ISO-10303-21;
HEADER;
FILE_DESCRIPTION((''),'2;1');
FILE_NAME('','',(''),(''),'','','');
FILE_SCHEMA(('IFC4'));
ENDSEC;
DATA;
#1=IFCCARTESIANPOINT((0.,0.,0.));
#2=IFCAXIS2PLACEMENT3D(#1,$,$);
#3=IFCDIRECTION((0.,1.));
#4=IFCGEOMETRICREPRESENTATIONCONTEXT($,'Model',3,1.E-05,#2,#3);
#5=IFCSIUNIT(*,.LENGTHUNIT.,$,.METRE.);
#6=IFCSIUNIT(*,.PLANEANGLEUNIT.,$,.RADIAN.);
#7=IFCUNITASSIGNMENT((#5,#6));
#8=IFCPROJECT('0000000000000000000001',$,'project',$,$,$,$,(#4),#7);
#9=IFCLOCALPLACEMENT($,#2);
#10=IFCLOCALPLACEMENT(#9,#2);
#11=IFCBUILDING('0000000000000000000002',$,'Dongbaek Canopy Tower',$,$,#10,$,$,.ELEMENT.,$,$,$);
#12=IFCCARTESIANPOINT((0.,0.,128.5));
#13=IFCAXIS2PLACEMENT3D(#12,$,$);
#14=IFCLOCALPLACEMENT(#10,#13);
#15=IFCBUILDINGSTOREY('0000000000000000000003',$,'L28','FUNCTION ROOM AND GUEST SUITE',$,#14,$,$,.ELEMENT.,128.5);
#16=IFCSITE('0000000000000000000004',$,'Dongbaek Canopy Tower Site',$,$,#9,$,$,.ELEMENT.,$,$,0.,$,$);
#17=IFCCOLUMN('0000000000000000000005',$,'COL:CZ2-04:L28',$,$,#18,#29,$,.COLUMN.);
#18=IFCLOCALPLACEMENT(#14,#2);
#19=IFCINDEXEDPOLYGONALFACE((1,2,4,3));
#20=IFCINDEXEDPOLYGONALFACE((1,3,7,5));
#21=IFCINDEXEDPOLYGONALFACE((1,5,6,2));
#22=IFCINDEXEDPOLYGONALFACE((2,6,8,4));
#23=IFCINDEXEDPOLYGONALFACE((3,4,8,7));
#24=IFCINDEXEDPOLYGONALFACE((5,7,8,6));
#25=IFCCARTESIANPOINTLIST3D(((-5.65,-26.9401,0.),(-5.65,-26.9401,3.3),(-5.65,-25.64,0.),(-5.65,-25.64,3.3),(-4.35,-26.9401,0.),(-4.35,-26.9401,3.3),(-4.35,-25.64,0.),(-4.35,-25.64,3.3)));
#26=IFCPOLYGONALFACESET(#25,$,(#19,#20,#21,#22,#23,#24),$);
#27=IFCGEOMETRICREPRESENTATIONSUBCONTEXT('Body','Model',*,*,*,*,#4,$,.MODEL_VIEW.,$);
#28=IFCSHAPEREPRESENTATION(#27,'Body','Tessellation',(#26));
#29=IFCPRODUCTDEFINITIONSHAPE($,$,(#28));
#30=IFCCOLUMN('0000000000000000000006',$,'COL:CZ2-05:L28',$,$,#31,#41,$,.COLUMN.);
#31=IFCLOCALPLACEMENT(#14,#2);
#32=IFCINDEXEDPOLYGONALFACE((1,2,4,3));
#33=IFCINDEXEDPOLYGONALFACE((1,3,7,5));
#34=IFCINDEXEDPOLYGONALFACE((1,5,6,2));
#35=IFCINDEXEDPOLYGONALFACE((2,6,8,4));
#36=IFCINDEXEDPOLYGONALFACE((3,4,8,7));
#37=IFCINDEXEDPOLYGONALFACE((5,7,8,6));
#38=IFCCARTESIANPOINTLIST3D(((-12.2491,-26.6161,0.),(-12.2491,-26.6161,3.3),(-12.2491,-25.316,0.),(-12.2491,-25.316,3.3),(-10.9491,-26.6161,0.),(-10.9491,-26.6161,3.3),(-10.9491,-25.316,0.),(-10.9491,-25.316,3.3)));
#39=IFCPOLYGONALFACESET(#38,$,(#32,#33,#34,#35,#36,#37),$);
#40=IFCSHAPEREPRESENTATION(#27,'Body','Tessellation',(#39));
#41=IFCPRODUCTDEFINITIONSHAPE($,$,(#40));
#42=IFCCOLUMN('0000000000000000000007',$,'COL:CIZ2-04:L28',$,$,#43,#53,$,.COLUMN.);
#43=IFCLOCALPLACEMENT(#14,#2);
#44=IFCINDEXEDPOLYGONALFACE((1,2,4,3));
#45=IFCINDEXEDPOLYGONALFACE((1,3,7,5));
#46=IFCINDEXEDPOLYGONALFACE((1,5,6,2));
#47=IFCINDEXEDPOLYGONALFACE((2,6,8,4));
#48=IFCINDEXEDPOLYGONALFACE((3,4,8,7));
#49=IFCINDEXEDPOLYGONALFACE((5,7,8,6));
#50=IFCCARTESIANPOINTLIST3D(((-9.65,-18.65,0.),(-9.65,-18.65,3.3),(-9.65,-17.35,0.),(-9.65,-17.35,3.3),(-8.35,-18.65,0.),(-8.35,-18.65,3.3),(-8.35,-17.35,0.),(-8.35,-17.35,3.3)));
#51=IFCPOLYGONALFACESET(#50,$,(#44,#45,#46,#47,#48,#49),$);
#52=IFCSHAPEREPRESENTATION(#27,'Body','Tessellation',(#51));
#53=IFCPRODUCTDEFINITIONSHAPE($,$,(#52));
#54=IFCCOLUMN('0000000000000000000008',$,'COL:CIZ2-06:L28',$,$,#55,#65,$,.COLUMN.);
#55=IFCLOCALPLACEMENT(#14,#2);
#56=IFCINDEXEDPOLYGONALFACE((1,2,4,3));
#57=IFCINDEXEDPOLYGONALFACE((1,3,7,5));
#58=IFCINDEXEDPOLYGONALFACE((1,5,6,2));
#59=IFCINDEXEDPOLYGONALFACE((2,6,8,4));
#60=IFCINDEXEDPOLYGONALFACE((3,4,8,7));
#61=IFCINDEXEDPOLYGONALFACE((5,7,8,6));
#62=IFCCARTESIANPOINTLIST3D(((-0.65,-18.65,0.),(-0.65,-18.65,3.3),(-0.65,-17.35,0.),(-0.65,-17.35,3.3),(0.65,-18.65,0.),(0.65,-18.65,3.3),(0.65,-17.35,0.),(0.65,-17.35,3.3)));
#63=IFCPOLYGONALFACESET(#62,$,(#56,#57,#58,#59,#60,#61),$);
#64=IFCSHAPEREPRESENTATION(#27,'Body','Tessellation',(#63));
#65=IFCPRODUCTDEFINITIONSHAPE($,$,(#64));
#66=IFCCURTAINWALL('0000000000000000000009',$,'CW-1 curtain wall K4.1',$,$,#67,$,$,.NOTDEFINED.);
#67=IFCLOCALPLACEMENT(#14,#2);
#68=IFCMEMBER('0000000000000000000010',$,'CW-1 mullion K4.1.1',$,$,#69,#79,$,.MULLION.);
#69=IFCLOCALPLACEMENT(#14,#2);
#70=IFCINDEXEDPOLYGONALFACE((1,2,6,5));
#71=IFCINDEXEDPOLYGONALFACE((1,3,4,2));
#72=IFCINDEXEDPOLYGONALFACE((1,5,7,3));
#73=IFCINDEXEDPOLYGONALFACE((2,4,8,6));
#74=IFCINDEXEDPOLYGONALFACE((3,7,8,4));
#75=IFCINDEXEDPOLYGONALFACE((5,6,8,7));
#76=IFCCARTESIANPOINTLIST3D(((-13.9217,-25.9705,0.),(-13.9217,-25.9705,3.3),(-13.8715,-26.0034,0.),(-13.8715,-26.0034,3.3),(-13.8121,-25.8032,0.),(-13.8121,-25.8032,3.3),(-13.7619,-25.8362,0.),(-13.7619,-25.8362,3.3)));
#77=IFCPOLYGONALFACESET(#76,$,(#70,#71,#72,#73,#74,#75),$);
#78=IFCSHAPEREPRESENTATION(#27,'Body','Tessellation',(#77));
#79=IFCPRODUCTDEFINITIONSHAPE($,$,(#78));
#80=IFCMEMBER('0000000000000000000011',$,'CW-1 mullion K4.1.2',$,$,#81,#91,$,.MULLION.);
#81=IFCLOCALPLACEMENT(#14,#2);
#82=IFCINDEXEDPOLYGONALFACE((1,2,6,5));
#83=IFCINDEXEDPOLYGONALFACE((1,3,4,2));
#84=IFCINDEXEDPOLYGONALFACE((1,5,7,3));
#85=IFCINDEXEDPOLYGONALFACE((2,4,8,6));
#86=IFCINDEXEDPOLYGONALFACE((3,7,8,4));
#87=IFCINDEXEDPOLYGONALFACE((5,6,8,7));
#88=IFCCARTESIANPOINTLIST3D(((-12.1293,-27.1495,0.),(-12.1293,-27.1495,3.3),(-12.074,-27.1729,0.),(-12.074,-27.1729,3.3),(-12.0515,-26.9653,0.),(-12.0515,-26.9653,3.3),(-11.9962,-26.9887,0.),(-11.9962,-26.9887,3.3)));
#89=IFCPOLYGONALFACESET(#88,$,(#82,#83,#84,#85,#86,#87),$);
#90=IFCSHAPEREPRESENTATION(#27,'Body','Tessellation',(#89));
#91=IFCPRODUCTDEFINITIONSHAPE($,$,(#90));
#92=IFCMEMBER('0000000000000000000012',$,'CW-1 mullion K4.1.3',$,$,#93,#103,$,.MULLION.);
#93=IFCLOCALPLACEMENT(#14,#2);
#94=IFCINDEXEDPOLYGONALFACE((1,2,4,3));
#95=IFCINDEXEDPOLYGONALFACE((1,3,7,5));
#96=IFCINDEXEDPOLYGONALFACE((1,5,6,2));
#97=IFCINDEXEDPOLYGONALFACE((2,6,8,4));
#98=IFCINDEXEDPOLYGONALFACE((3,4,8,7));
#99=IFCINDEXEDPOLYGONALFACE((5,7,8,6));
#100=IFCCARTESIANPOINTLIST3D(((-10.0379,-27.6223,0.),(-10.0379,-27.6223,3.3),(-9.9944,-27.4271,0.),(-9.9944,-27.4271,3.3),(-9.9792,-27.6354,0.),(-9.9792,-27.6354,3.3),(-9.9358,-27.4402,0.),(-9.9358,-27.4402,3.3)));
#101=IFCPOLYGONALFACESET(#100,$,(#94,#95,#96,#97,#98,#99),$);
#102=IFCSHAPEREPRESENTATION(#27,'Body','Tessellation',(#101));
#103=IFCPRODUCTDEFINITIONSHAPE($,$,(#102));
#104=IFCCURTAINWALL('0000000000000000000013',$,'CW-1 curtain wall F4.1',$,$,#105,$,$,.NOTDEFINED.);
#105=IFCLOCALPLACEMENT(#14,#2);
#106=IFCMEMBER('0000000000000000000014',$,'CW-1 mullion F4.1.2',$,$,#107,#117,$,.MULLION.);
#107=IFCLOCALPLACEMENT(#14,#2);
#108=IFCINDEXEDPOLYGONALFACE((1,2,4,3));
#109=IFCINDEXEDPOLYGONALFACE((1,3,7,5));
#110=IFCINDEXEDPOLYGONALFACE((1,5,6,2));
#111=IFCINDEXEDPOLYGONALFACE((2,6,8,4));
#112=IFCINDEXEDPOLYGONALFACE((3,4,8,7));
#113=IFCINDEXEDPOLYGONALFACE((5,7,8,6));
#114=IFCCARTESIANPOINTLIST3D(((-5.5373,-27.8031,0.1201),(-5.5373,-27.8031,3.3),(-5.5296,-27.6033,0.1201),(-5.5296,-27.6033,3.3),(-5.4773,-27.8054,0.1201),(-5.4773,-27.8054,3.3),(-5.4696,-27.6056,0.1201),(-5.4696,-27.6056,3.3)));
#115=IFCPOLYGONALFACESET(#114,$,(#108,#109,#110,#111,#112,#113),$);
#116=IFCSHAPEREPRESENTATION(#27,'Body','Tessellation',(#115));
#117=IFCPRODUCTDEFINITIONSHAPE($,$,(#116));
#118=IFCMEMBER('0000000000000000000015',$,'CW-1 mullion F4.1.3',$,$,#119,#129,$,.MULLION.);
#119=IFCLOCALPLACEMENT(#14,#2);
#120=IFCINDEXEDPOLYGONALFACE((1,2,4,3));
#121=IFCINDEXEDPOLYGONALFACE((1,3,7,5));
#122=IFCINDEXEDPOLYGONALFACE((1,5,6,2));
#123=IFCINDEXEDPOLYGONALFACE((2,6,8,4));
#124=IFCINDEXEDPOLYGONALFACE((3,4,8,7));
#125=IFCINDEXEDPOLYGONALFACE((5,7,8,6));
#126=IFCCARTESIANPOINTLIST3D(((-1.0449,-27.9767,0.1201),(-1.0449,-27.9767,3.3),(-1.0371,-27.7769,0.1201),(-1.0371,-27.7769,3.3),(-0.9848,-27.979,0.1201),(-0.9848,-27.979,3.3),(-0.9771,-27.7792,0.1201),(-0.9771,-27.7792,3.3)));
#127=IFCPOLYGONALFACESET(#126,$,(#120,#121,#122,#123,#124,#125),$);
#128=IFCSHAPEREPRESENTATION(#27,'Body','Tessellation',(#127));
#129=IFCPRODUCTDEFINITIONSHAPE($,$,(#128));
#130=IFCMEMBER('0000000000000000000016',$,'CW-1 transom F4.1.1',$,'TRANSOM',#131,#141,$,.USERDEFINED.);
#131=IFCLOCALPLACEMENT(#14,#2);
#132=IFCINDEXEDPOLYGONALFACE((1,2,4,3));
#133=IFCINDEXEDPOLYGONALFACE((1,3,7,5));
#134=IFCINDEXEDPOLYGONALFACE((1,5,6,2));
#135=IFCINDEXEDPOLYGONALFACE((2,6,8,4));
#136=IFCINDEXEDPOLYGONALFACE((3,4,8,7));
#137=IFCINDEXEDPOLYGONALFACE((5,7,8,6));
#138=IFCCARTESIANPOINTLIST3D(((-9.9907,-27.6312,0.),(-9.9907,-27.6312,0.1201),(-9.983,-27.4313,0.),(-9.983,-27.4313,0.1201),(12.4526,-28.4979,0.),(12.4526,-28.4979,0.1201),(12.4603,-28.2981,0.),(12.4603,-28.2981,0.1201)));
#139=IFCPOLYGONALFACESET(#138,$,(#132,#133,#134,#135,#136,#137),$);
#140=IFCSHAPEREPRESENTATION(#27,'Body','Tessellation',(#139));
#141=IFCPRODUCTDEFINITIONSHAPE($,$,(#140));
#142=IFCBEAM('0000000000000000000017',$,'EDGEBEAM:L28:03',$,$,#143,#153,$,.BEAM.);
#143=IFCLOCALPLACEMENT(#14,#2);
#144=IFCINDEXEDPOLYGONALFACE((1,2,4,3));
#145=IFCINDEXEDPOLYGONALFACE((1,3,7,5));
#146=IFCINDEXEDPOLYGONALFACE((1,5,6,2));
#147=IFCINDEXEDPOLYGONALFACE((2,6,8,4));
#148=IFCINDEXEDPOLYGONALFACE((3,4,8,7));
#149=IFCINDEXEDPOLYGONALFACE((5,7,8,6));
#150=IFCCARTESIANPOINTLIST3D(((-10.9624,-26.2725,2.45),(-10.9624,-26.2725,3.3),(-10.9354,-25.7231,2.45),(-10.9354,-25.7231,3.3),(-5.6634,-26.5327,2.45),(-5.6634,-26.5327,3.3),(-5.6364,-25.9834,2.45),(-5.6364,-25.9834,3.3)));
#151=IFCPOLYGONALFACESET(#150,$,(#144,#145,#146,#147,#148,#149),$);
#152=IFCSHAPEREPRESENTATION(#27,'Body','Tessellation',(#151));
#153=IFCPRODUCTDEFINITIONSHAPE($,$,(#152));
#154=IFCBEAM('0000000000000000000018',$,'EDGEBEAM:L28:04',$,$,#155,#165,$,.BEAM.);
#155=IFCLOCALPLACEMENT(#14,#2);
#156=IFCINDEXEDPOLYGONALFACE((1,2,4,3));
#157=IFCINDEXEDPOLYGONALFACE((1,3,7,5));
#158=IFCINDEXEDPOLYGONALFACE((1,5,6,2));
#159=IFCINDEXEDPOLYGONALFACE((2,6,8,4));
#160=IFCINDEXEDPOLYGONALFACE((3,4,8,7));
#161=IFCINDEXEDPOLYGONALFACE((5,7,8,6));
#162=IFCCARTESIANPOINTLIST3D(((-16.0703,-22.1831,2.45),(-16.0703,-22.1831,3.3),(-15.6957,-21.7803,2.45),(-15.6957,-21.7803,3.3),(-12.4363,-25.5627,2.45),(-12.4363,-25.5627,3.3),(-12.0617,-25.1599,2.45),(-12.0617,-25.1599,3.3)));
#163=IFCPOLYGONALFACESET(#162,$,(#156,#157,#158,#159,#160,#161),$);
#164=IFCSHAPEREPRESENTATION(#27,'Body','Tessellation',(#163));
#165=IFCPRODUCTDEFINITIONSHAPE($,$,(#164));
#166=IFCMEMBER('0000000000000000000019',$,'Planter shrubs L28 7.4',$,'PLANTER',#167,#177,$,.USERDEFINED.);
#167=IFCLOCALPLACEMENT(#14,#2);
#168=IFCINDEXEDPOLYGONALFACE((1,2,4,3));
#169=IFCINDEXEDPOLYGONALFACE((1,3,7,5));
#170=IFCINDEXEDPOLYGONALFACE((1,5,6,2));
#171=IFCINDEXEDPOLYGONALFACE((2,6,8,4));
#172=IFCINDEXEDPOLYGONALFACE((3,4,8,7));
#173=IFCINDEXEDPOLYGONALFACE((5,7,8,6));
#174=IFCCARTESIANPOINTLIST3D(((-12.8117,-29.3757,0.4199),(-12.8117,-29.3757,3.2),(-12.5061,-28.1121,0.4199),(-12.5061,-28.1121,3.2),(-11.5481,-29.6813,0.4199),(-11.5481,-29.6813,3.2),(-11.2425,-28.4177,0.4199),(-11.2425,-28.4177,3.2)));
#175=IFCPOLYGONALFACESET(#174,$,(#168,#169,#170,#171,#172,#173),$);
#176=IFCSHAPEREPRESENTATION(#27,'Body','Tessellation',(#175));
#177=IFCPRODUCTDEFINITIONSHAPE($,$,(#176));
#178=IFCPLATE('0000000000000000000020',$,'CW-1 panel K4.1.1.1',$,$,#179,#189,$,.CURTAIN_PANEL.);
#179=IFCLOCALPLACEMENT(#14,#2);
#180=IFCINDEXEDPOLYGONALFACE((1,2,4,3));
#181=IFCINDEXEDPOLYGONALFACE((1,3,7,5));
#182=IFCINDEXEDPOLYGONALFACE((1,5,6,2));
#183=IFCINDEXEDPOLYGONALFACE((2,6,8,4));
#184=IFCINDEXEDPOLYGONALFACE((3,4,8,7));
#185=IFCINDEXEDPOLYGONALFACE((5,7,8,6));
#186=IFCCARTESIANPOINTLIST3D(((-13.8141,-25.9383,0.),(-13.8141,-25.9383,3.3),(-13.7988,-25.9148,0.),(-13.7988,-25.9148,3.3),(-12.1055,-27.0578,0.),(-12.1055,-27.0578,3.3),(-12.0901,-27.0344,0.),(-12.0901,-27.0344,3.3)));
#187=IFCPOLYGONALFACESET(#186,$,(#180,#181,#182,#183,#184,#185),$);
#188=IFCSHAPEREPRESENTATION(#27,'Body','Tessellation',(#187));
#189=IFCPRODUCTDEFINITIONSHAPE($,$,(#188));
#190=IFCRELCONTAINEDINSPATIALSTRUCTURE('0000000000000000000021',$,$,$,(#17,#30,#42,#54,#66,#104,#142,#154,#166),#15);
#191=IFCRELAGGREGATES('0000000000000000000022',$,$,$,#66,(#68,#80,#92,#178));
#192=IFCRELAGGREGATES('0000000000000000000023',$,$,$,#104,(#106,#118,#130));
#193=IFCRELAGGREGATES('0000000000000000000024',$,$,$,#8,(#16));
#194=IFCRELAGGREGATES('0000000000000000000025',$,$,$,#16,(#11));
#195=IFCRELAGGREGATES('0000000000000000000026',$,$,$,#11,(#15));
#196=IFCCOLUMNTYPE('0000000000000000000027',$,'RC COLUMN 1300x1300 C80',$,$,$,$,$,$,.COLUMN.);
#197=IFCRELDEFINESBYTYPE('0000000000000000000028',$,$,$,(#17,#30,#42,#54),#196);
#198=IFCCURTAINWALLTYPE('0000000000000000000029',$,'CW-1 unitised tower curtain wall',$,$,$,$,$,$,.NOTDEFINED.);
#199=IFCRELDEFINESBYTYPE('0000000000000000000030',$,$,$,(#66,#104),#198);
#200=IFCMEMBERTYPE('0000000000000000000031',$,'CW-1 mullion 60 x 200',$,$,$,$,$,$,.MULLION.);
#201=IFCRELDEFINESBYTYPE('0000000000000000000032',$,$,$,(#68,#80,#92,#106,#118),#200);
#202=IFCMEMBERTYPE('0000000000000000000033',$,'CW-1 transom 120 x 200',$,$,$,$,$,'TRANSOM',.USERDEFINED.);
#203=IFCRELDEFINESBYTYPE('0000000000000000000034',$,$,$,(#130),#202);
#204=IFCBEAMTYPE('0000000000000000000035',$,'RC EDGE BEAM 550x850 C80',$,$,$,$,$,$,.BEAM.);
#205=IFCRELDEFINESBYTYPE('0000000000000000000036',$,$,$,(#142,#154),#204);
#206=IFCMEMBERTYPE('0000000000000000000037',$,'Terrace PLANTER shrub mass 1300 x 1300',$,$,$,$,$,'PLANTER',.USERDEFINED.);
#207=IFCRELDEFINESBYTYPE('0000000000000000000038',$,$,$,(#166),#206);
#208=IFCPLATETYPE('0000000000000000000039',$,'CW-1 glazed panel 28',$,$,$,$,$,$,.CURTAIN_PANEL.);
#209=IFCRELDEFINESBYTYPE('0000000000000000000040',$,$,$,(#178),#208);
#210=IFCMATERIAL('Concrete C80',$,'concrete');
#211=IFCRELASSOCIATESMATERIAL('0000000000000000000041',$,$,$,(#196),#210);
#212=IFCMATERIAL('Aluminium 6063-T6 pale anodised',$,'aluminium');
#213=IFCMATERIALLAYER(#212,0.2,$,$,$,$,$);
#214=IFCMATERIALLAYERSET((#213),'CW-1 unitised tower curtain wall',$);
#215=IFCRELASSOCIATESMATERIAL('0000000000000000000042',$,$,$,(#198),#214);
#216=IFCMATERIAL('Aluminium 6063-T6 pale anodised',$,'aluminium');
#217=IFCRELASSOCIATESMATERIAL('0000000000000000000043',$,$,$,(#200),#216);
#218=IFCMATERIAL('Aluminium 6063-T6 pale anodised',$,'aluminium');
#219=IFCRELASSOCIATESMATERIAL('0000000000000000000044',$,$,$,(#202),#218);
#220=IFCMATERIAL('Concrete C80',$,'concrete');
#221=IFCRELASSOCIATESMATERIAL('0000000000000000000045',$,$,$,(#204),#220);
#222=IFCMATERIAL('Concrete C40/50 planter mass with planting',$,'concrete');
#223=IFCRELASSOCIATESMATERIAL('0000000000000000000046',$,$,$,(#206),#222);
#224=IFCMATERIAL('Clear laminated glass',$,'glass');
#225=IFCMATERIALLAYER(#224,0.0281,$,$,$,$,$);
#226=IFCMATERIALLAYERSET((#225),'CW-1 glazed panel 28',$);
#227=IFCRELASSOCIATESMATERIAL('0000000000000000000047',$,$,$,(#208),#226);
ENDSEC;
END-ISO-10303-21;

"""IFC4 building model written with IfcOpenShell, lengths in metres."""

from ifc_helpers import new_model, si_unit, direction, frame, origin, origin_2d, place, context, subcontext, project, spatial, rectangle, extrude, material, layer, layer_set, material_profile, profile_set, type_object, element, aggregate, save


model = new_model("IFC4")

# Units and contexts
model_context = context("Model", 3, precision=1e-05, world=origin(), true_north=direction((0.0, 1.0)))
body_context = subcontext(model_context, "Body", "Model", "MODEL_VIEW")
ifc_project = project(units=[si_unit("LENGTHUNIT", "METRE"), si_unit("PLANEANGLEUNIT", "RADIAN")], contexts=[model_context])

# Site, building, storey
site_placement = place(None, origin())
site = spatial("IfcSite", under=ifc_project, at=site_placement, Name="Dongbaek Canopy Tower Site", CompositionType="ELEMENT", RefElevation=0.0)
building_placement = place(site_placement, origin())
building = spatial("IfcBuilding", under=site, at=building_placement, Name="Dongbaek Canopy Tower", CompositionType="ELEMENT")
storey_placement = place(building_placement, frame((0.0, 0.0, 128.5)))
storey = spatial("IfcBuildingStorey", under=building, at=storey_placement, Name="L28", Description="FUNCTION ROOM AND GUEST SUITE", CompositionType="ELEMENT", Elevation=128.5)

# Columns
ifc_material_1 = material(Name="Concrete C80", Category="concrete")
ifc_material_profile_1 = material_profile(ifc_material_1, rectangle(XDim=1.3, YDim=1.3, at=origin_2d()), Name="RC COLUMN 1300x1300 C80")
ifc_profile_set_1 = profile_set([ifc_material_profile_1], Name="Concrete C80")
column_type = type_object("IfcColumnType", Name="RC COLUMN 1300x1300 C80", PredefinedType="COLUMN", material=ifc_profile_set_1)
for number, where, z_axis, x_axis, name in (
    (1, (-5.0, -26.29, 0.0), (0.0, 0.0, 1.0), (1.0, 0.0, 0.0), "COL:CZ2-04:L28"),
    (2, (-11.5991, -25.9661, 0.0), (0.0, 0.0, 1.0), (1.0, 0.0, 0.0), "COL:CZ2-05:L28"),
    (3, (-9.0, -18.0, 0.0), (0.0, 0.0, 1.0), (1.0, 0.0, 0.0), "COL:CIZ2-04:L28"),
    (4, (0.0, -18.0, 0.0), (0.0, 0.0, 1.0), (1.0, 0.0, 0.0), "COL:CIZ2-06:L28"),
):
    element("IfcColumn", number, at=place(storey_placement, frame(where, z_axis=z_axis, x_axis=x_axis)), inside=storey, type_object=column_type, Name=name, PredefinedType="COLUMN", context=body_context, shape_type="SweptSolid", body=[
        extrude(rectangle(XDim=1.3, YDim=1.3, at=origin_2d()), origin(), (0.0, 0.0, 1.0), 3.3),
    ])

# Curtain walls, members
ifc_material_2 = material(Name="Aluminium 6063-T6 pale anodised", Category="aluminium")
ifc_layer_1 = layer(ifc_material_2, 0.2)
ifc_layer_set_1 = layer_set([ifc_layer_1], Name="CW-1 unitised tower curtain wall")
curtain_wall_type = type_object("IfcCurtainWallType", Name="CW-1 unitised tower curtain wall", PredefinedType="NOTDEFINED", material=ifc_layer_set_1)
curtain_wall_1_placement = place(storey_placement, origin())
curtain_wall_1 = element("IfcCurtainWall", 5, at=curtain_wall_1_placement, inside=storey, type_object=curtain_wall_type, Name="CW-1 curtain wall K4.1", PredefinedType="NOTDEFINED")
ifc_material_3 = material(Name="Aluminium 6063-T6 pale anodised", Category="aluminium")
ifc_material_profile_2 = material_profile(ifc_material_3, rectangle(XDim=0.2, YDim=0.0601, at=origin_2d()), Name="CW-1 mullion 60 x 200")
ifc_profile_set_2 = profile_set([ifc_material_profile_2], Name="Aluminium 6063-T6 pale anodised")
member_type_1 = type_object("IfcMemberType", Name="CW-1 mullion 60 x 200", PredefinedType="MULLION", material=ifc_profile_set_2)
member_1_placement = place(storey_placement, frame((-13.8418, -25.9033, 0.0), z_axis=(0.0, 0.0, 1.0), x_axis=(-0.54806, -0.836439, 0.0)))
member_1 = element("IfcMember", 6, at=member_1_placement, type_object=member_type_1, Name="CW-1 mullion K4.1.1", PredefinedType="MULLION", context=body_context, shape_type="SweptSolid", body=[
    extrude(rectangle(XDim=0.2, YDim=0.0601, at=origin_2d()), origin(), (0.0, 0.0, 1.0), 3.3),
])
member_2_placement = place(storey_placement, frame((-12.0627, -27.0691, 0.0), z_axis=(0.0, 0.0, 1.0), x_axis=(-0.389014, -0.921232, 0.0)))
member_2 = element("IfcMember", 7, at=member_2_placement, type_object=member_type_1, Name="CW-1 mullion K4.1.2", PredefinedType="MULLION", context=body_context, shape_type="SweptSolid", body=[
    extrude(rectangle(XDim=0.2, YDim=0.0601, at=origin_2d()), origin(), (0.0, 0.0, 1.0), 3.3),
])
member_3_placement = place(storey_placement, frame((-9.9868, -27.5312, 0.0), z_axis=(0.0, 0.0, 1.0), x_axis=(-0.217331, -0.976098, 0.0)))
member_3 = element("IfcMember", 8, at=member_3_placement, type_object=member_type_1, Name="CW-1 mullion K4.1.3", PredefinedType="MULLION", context=body_context, shape_type="SweptSolid", body=[
    extrude(rectangle(XDim=0.2, YDim=0.0601, at=origin_2d()), origin(), (0.0, 0.0, 1.0), 3.3),
])
curtain_wall_2_placement = place(storey_placement, origin())
curtain_wall_2 = element("IfcCurtainWall", 9, at=curtain_wall_2_placement, inside=storey, type_object=curtain_wall_type, Name="CW-1 curtain wall F4.1", PredefinedType="NOTDEFINED")
member_4_placement = place(storey_placement, frame((-5.5034, -27.7043, 0.1201), z_axis=(0.0, 0.0, 1.0), x_axis=(-0.038587, -0.999255, 0.0)))
member_4 = element("IfcMember", 10, at=member_4_placement, type_object=member_type_1, Name="CW-1 mullion F4.1.2", PredefinedType="MULLION", context=body_context, shape_type="SweptSolid", body=[
    extrude(rectangle(XDim=0.2, YDim=0.0601, at=origin_2d()), origin(), (0.0, 0.0, 1.0), 3.1799),
])
member_5_placement = place(storey_placement, frame((-1.011, -27.8779, 0.1201), z_axis=(0.0, 0.0, 1.0), x_axis=(-0.038587, -0.999255, 0.0)))
member_5 = element("IfcMember", 11, at=member_5_placement, type_object=member_type_1, Name="CW-1 mullion F4.1.3", PredefinedType="MULLION", context=body_context, shape_type="SweptSolid", body=[
    extrude(rectangle(XDim=0.2, YDim=0.0601, at=origin_2d()), origin(), (0.0, 0.0, 1.0), 3.1799),
])
ifc_material_4 = material(Name="Aluminium 6063-T6 pale anodised", Category="aluminium")
ifc_material_profile_3 = material_profile(ifc_material_4, rectangle(XDim=0.2, YDim=0.1201, at=origin_2d()), Name="CW-1 transom 120 x 200")
ifc_profile_set_3 = profile_set([ifc_material_profile_3], Name="Aluminium 6063-T6 pale anodised")
member_type_2 = type_object("IfcMemberType", Name="CW-1 transom 120 x 200", ElementType="TRANSOM", PredefinedType="USERDEFINED", material=ifc_profile_set_3)
member_6_placement = place(storey_placement, frame((-9.9868, -27.5312, 0.0601), z_axis=(0.999255, -0.038589, 0.0), x_axis=(0.038589, 0.999255, 0.0)))
member_6 = element("IfcMember", 12, at=member_6_placement, type_object=member_type_2, Name="CW-1 transom F4.1.1", ObjectType="TRANSOM", PredefinedType="USERDEFINED", context=body_context, shape_type="SweptSolid", body=[
    extrude(rectangle(XDim=0.2, YDim=0.1201, at=origin_2d()), origin(), (0.0, 0.0, 1.0), 22.46),
])

# Beams
ifc_material_5 = material(Name="Concrete C80", Category="concrete")
ifc_material_profile_4 = material_profile(ifc_material_5, rectangle(XDim=0.55, YDim=0.8501, at=origin_2d()), Name="RC EDGE BEAM 550x850 C80")
ifc_profile_set_4 = profile_set([ifc_material_profile_4], Name="Concrete C80")
beam_type = type_object("IfcBeamType", Name="RC EDGE BEAM 550x850 C80", PredefinedType="BEAM", material=ifc_profile_set_4)
beam_1_placement = place(storey_placement, frame((-5.6499, -26.2581, 2.875), z_axis=(-0.998796, 0.049054, 0.0), x_axis=(-0.049054, -0.998796, 0.0)))
element("IfcBeam", 13, at=beam_1_placement, inside=storey, type_object=beam_type, Name="EDGEBEAM:L28:03", PredefinedType="BEAM", context=body_context, shape_type="SweptSolid", body=[
    extrude(rectangle(XDim=0.55, YDim=0.8501, at=origin_2d()), origin(), (0.0, 0.0, 1.0), 5.3054),
])
beam_2_placement = place(storey_placement, frame((-12.249, -25.3613, 2.875), z_axis=(-0.732273, 0.681011, 0.0), x_axis=(-0.681011, -0.732273, 0.0)))
element("IfcBeam", 14, at=beam_2_placement, inside=storey, type_object=beam_type, Name="EDGEBEAM:L28:04", PredefinedType="BEAM", context=body_context, shape_type="SweptSolid", body=[
    extrude(rectangle(XDim=0.55, YDim=0.8501, at=origin_2d()), origin(), (0.0, 0.0, 1.0), 4.9626),
])

# Member
ifc_material_6 = material(Name="Concrete C40/50 planter mass with planting", Category="concrete")
ifc_material_profile_5 = material_profile(ifc_material_6, rectangle(XDim=1.3, YDim=1.3, at=origin_2d()), Name="Terrace PLANTER shrub mass 1300 x 1300")
ifc_profile_set_5 = profile_set([ifc_material_profile_5], Name="Concrete C40/50 planter mass with planting")
member_type_3 = type_object("IfcMemberType", Name="Terrace PLANTER shrub mass 1300 x 1300", ElementType="PLANTER", PredefinedType="USERDEFINED", material=ifc_profile_set_5)
member_7_placement = place(storey_placement, frame((-12.0271, -28.8967, 0.4199), z_axis=(0.0, 0.0, 1.0), x_axis=(-0.235067, -0.971979, 0.0)))
element("IfcMember", 15, at=member_7_placement, inside=storey, type_object=member_type_3, Name="Planter shrubs L28 7.4", ObjectType="PLANTER", PredefinedType="USERDEFINED", context=body_context, shape_type="SweptSolid", body=[
    extrude(rectangle(XDim=1.3, YDim=1.3, at=origin_2d()), origin(), (0.0, 0.0, 1.0), 2.78),
])

# Plate
ifc_material_7 = material(Name="Clear laminated glass", Category="glass")
ifc_layer_2 = layer(ifc_material_7, 0.0281)
ifc_layer_set_2 = layer_set([ifc_layer_2], Name="CW-1 glazed panel 28")
plate_type = type_object("IfcPlateType", Name="CW-1 glazed panel 28", PredefinedType="CURTAIN_PANEL", material=ifc_layer_set_2)
plate_1_placement = place(storey_placement, frame((-12.9521, -26.4863, 0.0), z_axis=(0.0, 0.0, 1.0), x_axis=(0.836439, -0.54806, 0.0)))
plate_1 = element("IfcPlate", 16, at=plate_1_placement, type_object=plate_type, Name="CW-1 panel K4.1.1.1", PredefinedType="CURTAIN_PANEL", context=body_context, shape_type="SweptSolid", body=[
    extrude(rectangle(XDim=2.0427, YDim=0.0281, at=origin_2d()), origin(), (0.0, 0.0, 1.0), 3.3),
])
aggregate(curtain_wall_1, [member_1, member_2, member_3, plate_1])

aggregate(curtain_wall_2, [member_4, member_5, member_6])

save(model, "model.ifc")
